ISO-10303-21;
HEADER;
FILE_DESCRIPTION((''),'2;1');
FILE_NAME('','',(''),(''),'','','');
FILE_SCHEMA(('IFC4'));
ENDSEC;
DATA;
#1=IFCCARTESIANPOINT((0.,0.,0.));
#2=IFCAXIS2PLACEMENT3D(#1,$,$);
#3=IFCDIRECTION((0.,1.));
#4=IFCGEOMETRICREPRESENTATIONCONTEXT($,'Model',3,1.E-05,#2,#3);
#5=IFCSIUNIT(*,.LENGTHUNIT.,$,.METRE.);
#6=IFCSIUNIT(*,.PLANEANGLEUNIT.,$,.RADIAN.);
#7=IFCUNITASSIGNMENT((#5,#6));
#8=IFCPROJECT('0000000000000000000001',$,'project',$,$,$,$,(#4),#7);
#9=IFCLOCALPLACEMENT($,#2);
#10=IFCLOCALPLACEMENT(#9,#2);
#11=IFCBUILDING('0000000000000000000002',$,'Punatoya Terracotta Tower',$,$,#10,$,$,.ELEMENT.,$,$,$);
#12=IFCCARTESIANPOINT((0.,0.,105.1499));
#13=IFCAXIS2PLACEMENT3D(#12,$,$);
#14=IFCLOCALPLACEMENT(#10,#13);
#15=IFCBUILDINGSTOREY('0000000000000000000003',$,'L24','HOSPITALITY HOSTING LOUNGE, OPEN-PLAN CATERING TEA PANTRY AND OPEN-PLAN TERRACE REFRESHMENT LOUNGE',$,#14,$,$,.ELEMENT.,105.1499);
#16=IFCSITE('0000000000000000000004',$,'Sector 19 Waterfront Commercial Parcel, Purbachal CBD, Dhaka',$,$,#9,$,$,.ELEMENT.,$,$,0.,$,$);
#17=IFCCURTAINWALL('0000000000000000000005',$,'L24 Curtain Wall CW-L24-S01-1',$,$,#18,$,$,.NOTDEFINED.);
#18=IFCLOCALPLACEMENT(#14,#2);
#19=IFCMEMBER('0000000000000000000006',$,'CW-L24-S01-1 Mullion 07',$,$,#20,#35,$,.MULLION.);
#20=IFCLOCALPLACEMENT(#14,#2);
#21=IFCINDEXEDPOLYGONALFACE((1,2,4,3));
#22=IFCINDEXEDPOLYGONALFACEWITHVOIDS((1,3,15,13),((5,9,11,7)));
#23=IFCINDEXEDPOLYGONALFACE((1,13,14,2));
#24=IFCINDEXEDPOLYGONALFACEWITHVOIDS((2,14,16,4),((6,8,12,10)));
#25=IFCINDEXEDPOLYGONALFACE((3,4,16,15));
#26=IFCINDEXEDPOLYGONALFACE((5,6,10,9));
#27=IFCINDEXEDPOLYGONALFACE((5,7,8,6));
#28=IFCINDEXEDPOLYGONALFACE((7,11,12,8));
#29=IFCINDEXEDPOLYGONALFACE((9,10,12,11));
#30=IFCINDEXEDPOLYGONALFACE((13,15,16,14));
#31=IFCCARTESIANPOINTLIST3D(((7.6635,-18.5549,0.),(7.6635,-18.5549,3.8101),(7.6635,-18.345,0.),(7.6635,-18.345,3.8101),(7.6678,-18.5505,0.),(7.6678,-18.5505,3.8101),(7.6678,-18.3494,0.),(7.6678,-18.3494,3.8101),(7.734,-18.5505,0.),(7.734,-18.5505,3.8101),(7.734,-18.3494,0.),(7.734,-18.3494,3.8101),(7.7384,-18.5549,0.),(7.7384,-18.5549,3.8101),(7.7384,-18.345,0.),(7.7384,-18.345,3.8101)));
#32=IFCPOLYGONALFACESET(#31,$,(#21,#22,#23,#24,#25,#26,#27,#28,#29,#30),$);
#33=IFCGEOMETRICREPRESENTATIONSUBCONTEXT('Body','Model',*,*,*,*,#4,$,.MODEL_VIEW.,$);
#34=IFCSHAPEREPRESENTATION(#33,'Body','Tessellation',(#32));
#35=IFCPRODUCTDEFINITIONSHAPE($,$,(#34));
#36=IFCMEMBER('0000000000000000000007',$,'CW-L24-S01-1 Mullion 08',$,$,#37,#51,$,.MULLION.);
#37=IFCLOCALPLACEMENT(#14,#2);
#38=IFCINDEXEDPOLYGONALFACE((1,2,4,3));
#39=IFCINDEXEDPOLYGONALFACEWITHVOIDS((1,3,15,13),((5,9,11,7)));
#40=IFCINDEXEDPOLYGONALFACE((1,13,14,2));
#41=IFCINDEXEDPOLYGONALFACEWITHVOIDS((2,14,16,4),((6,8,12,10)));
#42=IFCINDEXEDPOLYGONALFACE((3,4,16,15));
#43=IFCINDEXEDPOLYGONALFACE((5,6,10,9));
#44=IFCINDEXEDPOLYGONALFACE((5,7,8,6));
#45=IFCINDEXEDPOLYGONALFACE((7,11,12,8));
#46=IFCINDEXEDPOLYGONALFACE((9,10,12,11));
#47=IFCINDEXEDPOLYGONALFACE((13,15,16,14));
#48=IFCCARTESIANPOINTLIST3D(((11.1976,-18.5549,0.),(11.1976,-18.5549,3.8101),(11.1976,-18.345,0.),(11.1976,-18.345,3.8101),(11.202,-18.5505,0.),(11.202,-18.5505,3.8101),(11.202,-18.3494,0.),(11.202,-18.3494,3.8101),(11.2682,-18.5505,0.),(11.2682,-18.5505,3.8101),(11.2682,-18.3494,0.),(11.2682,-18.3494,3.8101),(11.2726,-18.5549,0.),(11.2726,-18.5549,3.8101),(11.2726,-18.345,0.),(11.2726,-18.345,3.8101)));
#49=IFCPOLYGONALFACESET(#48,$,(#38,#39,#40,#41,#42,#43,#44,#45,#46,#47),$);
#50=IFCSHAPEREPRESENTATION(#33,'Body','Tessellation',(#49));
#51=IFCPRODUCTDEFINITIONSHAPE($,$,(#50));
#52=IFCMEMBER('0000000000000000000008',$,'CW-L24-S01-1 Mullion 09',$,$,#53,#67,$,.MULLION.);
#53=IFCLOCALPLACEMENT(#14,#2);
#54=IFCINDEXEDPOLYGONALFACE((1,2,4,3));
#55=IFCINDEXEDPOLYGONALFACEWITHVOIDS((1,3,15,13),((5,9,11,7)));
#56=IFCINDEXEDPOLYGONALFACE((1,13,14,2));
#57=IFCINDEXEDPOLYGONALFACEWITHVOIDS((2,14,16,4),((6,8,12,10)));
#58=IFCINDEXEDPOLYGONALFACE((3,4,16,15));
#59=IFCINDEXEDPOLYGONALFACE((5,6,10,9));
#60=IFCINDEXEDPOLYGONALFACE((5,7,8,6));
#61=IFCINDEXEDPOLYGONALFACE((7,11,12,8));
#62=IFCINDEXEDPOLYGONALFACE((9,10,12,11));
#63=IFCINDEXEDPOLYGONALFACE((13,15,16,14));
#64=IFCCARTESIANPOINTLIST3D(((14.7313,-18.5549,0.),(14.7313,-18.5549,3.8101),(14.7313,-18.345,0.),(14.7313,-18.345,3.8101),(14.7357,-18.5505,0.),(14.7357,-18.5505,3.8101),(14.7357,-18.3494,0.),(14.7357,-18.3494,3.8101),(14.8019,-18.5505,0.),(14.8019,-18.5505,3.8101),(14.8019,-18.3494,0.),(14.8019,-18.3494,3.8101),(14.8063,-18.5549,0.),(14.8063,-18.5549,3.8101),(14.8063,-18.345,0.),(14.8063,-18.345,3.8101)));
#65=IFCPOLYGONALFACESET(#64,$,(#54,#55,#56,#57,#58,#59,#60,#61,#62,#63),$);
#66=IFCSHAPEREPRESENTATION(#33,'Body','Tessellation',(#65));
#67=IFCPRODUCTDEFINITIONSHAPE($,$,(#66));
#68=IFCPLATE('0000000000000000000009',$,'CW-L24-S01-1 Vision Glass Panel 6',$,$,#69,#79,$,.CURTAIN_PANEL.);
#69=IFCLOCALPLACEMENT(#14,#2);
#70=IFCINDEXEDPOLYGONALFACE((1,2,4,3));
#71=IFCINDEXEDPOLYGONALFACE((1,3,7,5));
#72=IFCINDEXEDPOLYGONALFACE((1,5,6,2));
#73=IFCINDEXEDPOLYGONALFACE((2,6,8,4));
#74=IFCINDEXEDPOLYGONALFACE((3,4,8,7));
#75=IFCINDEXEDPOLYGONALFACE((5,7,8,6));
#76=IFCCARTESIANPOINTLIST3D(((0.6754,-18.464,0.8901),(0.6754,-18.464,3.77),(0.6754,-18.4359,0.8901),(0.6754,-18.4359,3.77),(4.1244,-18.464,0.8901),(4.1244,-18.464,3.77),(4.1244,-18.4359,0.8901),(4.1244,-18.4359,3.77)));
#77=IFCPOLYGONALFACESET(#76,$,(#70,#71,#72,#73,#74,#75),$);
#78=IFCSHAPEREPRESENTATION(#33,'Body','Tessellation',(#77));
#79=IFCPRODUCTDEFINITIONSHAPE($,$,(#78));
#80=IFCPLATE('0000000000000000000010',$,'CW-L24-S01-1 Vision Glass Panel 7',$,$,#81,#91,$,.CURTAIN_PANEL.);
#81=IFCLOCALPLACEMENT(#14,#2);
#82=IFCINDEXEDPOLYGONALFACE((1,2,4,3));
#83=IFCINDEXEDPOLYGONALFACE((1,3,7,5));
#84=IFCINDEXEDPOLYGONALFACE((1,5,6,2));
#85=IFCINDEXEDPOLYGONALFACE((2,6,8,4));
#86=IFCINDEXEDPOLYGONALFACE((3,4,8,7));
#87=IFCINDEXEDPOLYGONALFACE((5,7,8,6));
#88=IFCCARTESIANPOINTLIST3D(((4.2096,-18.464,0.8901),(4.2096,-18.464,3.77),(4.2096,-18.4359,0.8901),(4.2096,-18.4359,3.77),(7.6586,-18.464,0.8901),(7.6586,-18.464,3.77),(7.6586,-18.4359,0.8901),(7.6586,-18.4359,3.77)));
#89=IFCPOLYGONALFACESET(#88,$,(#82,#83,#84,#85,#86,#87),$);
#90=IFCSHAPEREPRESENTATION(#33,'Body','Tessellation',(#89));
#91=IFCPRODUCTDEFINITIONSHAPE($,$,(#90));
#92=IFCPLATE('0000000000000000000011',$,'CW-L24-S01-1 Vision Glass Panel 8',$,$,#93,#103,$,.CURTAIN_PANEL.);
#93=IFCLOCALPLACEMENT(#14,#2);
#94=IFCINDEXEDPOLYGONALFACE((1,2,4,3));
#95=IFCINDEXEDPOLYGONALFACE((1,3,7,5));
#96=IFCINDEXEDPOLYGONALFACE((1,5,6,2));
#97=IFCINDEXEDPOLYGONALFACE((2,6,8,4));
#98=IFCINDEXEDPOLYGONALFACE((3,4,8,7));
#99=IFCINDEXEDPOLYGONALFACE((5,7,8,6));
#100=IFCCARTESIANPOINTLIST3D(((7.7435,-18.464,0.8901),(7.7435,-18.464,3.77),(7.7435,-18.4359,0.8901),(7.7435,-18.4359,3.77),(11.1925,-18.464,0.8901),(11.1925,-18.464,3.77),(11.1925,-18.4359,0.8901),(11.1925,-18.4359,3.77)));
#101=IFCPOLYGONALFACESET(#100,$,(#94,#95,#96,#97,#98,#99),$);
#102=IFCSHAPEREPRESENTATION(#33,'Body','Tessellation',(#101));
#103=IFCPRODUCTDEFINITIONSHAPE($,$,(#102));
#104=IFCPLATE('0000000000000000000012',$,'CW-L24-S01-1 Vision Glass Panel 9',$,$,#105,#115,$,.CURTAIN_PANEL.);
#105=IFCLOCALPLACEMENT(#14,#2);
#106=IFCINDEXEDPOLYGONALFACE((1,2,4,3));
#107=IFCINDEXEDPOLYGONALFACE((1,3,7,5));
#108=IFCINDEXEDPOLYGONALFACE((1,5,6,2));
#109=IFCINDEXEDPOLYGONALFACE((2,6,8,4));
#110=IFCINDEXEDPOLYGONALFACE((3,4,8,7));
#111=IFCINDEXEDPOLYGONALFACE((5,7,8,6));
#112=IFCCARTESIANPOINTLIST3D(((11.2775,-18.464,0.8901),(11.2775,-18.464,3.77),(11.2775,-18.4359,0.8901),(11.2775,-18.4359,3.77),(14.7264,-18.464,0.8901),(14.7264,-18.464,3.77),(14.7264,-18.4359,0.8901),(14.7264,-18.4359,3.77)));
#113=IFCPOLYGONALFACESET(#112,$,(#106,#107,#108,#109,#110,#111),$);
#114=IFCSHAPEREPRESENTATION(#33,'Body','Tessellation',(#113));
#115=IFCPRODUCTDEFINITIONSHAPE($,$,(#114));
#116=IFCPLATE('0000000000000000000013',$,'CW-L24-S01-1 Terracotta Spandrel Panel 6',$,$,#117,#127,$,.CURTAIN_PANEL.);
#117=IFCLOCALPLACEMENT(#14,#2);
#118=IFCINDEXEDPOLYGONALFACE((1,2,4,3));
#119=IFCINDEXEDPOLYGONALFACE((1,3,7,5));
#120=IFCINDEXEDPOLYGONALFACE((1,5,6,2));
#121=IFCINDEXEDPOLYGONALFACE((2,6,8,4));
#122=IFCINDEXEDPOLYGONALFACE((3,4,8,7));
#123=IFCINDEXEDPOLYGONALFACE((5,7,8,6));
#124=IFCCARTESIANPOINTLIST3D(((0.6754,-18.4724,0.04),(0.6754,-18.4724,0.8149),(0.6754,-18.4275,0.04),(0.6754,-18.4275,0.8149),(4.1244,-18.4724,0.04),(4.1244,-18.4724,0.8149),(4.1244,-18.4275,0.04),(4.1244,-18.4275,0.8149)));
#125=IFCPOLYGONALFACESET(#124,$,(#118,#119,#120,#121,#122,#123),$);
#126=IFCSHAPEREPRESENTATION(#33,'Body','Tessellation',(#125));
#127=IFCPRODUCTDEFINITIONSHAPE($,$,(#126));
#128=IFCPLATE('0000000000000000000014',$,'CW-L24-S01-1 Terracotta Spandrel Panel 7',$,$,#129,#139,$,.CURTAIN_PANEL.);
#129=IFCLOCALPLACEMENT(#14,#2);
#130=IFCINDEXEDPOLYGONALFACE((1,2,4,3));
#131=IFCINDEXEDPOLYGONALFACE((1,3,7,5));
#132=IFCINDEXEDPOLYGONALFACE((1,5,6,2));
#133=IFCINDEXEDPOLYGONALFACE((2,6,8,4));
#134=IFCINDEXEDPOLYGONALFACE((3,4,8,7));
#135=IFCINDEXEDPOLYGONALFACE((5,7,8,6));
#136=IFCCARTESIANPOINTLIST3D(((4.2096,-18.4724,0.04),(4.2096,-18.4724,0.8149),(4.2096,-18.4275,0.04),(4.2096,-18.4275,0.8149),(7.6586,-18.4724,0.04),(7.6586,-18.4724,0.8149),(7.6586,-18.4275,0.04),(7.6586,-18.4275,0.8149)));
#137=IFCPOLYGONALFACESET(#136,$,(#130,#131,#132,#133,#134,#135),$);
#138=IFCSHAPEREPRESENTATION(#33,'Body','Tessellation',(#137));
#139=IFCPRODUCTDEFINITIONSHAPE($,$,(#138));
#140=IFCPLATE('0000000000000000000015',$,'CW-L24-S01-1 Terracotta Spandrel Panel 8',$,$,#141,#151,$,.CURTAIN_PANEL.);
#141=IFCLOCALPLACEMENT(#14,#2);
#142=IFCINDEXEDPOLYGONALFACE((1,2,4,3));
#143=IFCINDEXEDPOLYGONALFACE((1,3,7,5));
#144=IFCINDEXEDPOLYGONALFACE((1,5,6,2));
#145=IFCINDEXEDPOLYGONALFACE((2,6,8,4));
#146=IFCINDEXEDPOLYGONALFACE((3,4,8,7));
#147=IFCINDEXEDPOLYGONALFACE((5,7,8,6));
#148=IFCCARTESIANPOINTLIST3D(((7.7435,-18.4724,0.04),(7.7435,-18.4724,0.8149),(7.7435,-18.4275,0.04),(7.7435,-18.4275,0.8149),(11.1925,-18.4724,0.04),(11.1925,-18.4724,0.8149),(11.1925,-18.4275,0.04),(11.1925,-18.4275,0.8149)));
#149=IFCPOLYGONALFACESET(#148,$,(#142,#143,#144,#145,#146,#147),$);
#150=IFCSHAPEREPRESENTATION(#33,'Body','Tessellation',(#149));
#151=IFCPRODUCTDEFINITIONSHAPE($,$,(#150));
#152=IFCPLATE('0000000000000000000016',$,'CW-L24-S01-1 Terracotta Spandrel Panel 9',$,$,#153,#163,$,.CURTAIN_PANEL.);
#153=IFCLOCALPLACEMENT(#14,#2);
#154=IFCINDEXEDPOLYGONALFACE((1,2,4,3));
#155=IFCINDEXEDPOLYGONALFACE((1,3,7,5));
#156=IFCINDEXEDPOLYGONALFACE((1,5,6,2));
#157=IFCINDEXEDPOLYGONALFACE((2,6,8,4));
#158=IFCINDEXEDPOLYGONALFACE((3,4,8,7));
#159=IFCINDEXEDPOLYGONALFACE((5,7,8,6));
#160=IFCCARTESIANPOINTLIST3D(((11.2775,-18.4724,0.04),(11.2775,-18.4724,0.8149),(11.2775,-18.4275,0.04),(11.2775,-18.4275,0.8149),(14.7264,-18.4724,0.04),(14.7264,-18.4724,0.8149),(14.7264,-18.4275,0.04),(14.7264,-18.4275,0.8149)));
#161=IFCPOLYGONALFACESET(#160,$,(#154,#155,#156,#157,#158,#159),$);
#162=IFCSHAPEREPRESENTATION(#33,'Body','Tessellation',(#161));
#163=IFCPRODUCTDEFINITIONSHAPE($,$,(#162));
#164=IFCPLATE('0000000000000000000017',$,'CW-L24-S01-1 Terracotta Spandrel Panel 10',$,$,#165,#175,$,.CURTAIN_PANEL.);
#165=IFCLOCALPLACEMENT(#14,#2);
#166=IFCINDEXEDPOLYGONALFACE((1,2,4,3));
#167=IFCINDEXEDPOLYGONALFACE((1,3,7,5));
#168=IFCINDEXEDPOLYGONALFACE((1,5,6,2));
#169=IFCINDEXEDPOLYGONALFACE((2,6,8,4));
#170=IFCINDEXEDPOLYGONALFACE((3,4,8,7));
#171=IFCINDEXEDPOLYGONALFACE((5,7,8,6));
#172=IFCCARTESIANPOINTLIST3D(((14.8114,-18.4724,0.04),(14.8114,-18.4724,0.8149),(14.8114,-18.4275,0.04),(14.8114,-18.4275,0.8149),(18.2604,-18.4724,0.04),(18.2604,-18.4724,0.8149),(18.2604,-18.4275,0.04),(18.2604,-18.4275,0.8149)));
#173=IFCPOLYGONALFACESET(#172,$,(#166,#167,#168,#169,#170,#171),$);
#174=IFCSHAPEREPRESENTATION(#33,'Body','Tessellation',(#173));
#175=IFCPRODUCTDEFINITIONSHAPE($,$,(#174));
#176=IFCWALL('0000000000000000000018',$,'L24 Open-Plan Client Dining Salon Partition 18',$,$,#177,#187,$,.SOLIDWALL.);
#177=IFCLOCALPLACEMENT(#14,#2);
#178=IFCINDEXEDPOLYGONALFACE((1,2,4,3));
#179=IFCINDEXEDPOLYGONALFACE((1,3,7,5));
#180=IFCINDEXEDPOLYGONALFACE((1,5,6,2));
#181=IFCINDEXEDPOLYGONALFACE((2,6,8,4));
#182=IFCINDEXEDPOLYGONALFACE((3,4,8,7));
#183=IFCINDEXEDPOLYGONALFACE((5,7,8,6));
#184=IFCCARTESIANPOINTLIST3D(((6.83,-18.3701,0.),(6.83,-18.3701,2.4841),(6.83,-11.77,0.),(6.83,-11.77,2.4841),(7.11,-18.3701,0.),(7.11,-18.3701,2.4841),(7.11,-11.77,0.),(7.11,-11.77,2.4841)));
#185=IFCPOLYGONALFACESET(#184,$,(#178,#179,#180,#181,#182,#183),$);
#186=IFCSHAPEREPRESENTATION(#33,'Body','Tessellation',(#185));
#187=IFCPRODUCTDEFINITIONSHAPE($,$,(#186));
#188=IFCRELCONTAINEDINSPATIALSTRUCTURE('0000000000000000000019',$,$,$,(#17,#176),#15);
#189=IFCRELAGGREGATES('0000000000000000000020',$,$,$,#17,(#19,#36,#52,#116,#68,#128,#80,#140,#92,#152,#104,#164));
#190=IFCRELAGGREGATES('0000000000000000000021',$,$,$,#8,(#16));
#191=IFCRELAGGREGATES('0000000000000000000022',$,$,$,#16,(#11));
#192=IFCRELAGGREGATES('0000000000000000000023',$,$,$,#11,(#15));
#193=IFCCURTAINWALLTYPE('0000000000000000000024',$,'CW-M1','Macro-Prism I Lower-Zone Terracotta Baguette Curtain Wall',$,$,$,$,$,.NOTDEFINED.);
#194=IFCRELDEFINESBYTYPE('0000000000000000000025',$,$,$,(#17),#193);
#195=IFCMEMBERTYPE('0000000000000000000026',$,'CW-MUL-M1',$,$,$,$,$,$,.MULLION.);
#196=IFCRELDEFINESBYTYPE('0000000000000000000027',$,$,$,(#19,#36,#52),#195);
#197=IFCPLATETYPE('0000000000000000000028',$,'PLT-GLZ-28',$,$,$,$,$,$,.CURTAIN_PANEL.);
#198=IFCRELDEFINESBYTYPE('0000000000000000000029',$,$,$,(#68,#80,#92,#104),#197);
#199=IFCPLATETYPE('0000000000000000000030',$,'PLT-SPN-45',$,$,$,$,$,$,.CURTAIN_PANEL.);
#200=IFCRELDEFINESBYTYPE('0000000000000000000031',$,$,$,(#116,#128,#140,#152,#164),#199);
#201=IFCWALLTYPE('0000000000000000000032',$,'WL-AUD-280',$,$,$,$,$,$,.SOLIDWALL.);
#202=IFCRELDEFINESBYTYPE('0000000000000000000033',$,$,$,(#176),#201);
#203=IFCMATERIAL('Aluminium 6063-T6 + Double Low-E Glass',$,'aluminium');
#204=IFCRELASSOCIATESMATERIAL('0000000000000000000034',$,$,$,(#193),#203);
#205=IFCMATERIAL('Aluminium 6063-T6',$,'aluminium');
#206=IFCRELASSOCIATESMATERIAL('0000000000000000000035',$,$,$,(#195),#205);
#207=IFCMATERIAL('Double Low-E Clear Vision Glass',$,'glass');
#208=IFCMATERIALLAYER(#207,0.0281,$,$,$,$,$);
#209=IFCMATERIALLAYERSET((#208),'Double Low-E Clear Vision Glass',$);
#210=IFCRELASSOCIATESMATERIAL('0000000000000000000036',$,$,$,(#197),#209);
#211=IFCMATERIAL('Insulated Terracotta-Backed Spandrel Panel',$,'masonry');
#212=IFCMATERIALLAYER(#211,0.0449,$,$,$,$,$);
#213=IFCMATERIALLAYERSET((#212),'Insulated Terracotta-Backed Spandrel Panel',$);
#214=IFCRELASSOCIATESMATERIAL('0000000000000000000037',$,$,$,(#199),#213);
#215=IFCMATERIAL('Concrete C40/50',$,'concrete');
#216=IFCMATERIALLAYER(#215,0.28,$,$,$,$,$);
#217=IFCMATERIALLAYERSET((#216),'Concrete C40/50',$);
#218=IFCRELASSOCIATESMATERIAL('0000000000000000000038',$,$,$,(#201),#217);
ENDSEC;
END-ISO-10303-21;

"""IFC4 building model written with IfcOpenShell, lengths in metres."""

from ifc_helpers import new_model, si_unit, direction, frame, frame_2d, origin, origin_2d, place, context, subcontext, project, spatial, rectangle, hollow_rectangle, extrude, material, layer, layer_set, material_profile, profile_set, type_object, element, aggregate, save


model = new_model("IFC4")

# Units and contexts
model_context = context("Model", 3, precision=1e-05, world=origin(), true_north=direction((0.0, 1.0)))
body_context = subcontext(model_context, "Body", "Model", "MODEL_VIEW")
ifc_project = project(units=[si_unit("LENGTHUNIT", "METRE"), si_unit("PLANEANGLEUNIT", "RADIAN")], contexts=[model_context])

# Site, building, storey
site_placement = place(None, origin())
site = spatial("IfcSite", under=ifc_project, at=site_placement, Name="Sector 19 Waterfront Commercial Parcel, Purbachal CBD, Dhaka", CompositionType="ELEMENT", RefElevation=0.0)
building_placement = place(site_placement, origin())
building = spatial("IfcBuilding", under=site, at=building_placement, Name="Punatoya Terracotta Tower", CompositionType="ELEMENT")
storey_placement = place(building_placement, frame((0.0, 0.0, 105.1499)))
storey = spatial("IfcBuildingStorey", under=building, at=storey_placement, Name="L24", Description="HOSPITALITY HOSTING LOUNGE, OPEN-PLAN CATERING TEA PANTRY AND OPEN-PLAN TERRACE REFRESHMENT LOUNGE", CompositionType="ELEMENT", Elevation=105.1499)

# Curtain wall, members, plates
ifc_material_1 = material(Name="Aluminium 6063-T6 + Double Low-E Glass", Category="aluminium")
curtain_wall_type = type_object("IfcCurtainWallType", Name="CW-M1", Description="Macro-Prism I Lower-Zone Terracotta Baguette Curtain Wall", PredefinedType="NOTDEFINED", material=ifc_material_1)
curtain_wall_placement = place(storey_placement, origin())
curtain_wall = element("IfcCurtainWall", 1, at=curtain_wall_placement, inside=storey, type_object=curtain_wall_type, Name="L24 Curtain Wall CW-L24-S01-1", PredefinedType="NOTDEFINED")
ifc_material_2 = material(Name="Aluminium 6063-T6", Category="aluminium")
ifc_material_profile_1 = material_profile(ifc_material_2, hollow_rectangle(XDim=0.075, YDim=0.21, WallThickness=0.0044, at=origin_2d()))
ifc_profile_set_1 = profile_set([ifc_material_profile_1], Name="Aluminium 6063-T6")
member_type = type_object("IfcMemberType", Name="CW-MUL-M1", PredefinedType="MULLION", material=ifc_profile_set_1)
member_1_placement = place(storey_placement, frame((7.7009, -18.45, 0.0), z_axis=(0.0, 0.0, 1.0), x_axis=(1.0, 0.0, 0.0)))
member_1 = element("IfcMember", 2, at=member_1_placement, type_object=member_type, Name="CW-L24-S01-1 Mullion 07", PredefinedType="MULLION", context=body_context, shape_type="SweptSolid", body=[
    extrude(hollow_rectangle(XDim=0.075, YDim=0.21, WallThickness=0.0044, at=origin_2d()), origin(), (0.0, 0.0, 1.0), 3.8101),
])
member_2_placement = place(storey_placement, frame((11.2351, -18.45, 0.0), z_axis=(0.0, 0.0, 1.0), x_axis=(1.0, 0.0, 0.0)))
member_2 = element("IfcMember", 3, at=member_2_placement, type_object=member_type, Name="CW-L24-S01-1 Mullion 08", PredefinedType="MULLION", context=body_context, shape_type="SweptSolid", body=[
    extrude(hollow_rectangle(XDim=0.075, YDim=0.21, WallThickness=0.0044, at=origin_2d()), origin(), (0.0, 0.0, 1.0), 3.8101),
])
member_3_placement = place(storey_placement, frame((14.7688, -18.45, 0.0), z_axis=(0.0, 0.0, 1.0), x_axis=(1.0, 0.0, 0.0)))
member_3 = element("IfcMember", 4, at=member_3_placement, type_object=member_type, Name="CW-L24-S01-1 Mullion 09", PredefinedType="MULLION", context=body_context, shape_type="SweptSolid", body=[
    extrude(hollow_rectangle(XDim=0.075, YDim=0.21, WallThickness=0.0044, at=origin_2d()), origin(), (0.0, 0.0, 1.0), 3.8101),
])
ifc_material_3 = material(Name="Double Low-E Clear Vision Glass", Category="glass")
ifc_layer_1 = layer(ifc_material_3, 0.0281)
ifc_layer_set_1 = layer_set([ifc_layer_1], Name="Double Low-E Clear Vision Glass")
plate_type_1 = type_object("IfcPlateType", Name="PLT-GLZ-28", PredefinedType="CURTAIN_PANEL", material=ifc_layer_set_1)
plate_1_placement = place(storey_placement, frame((2.3999, -18.45, 0.8901), z_axis=(0.0, 0.0, 1.0), x_axis=(1.0, 0.0, 0.0)))
plate_1 = element("IfcPlate", 5, at=plate_1_placement, type_object=plate_type_1, Name="CW-L24-S01-1 Vision Glass Panel 6", PredefinedType="CURTAIN_PANEL", context=body_context, shape_type="SweptSolid", body=[
    extrude(rectangle(XDim=3.449, YDim=0.0281, at=origin_2d()), origin(), (0.0, 0.0, 1.0), 2.8799),
])
plate_2_placement = place(storey_placement, frame((5.9341, -18.45, 0.8901), z_axis=(0.0, 0.0, 1.0), x_axis=(1.0, 0.0, 0.0)))
plate_2 = element("IfcPlate", 6, at=plate_2_placement, type_object=plate_type_1, Name="CW-L24-S01-1 Vision Glass Panel 7", PredefinedType="CURTAIN_PANEL", context=body_context, shape_type="SweptSolid", body=[
    extrude(rectangle(XDim=3.449, YDim=0.0281, at=origin_2d()), origin(), (0.0, 0.0, 1.0), 2.8799),
])
plate_3_placement = place(storey_placement, frame((9.468, -18.45, 0.8901), z_axis=(0.0, 0.0, 1.0), x_axis=(1.0, 0.0, 0.0)))
plate_3 = element("IfcPlate", 7, at=plate_3_placement, type_object=plate_type_1, Name="CW-L24-S01-1 Vision Glass Panel 8", PredefinedType="CURTAIN_PANEL", context=body_context, shape_type="SweptSolid", body=[
    extrude(rectangle(XDim=3.449, YDim=0.0281, at=origin_2d()), origin(), (0.0, 0.0, 1.0), 2.8799),
])
plate_4_placement = place(storey_placement, frame((13.002, -18.45, 0.8901), z_axis=(0.0, 0.0, 1.0), x_axis=(1.0, 0.0, 0.0)))
plate_4 = element("IfcPlate", 8, at=plate_4_placement, type_object=plate_type_1, Name="CW-L24-S01-1 Vision Glass Panel 9", PredefinedType="CURTAIN_PANEL", context=body_context, shape_type="SweptSolid", body=[
    extrude(rectangle(XDim=3.449, YDim=0.0281, at=origin_2d()), origin(), (0.0, 0.0, 1.0), 2.8799),
])
ifc_material_4 = material(Name="Insulated Terracotta-Backed Spandrel Panel", Category="masonry")
ifc_layer_2 = layer(ifc_material_4, 0.0449)
ifc_layer_set_2 = layer_set([ifc_layer_2], Name="Insulated Terracotta-Backed Spandrel Panel")
plate_type_2 = type_object("IfcPlateType", Name="PLT-SPN-45", PredefinedType="CURTAIN_PANEL", material=ifc_layer_set_2)
plate_5_placement = place(storey_placement, frame((2.3999, -18.45, 0.04), z_axis=(0.0, 0.0, 1.0), x_axis=(1.0, 0.0, 0.0)))
plate_5 = element("IfcPlate", 9, at=plate_5_placement, type_object=plate_type_2, Name="CW-L24-S01-1 Terracotta Spandrel Panel 6", PredefinedType="CURTAIN_PANEL", context=body_context, shape_type="SweptSolid", body=[
    extrude(rectangle(XDim=3.449, YDim=0.0449, at=origin_2d()), origin(), (0.0, 0.0, 1.0), 0.7749),
])
plate_6_placement = place(storey_placement, frame((5.9341, -18.45, 0.04), z_axis=(0.0, 0.0, 1.0), x_axis=(1.0, 0.0, 0.0)))
plate_6 = element("IfcPlate", 10, at=plate_6_placement, type_object=plate_type_2, Name="CW-L24-S01-1 Terracotta Spandrel Panel 7", PredefinedType="CURTAIN_PANEL", context=body_context, shape_type="SweptSolid", body=[
    extrude(rectangle(XDim=3.449, YDim=0.0449, at=origin_2d()), origin(), (0.0, 0.0, 1.0), 0.7749),
])
plate_7_placement = place(storey_placement, frame((9.468, -18.45, 0.04), z_axis=(0.0, 0.0, 1.0), x_axis=(1.0, 0.0, 0.0)))
plate_7 = element("IfcPlate", 11, at=plate_7_placement, type_object=plate_type_2, Name="CW-L24-S01-1 Terracotta Spandrel Panel 8", PredefinedType="CURTAIN_PANEL", context=body_context, shape_type="SweptSolid", body=[
    extrude(rectangle(XDim=3.449, YDim=0.0449, at=origin_2d()), origin(), (0.0, 0.0, 1.0), 0.7749),
])
plate_8_placement = place(storey_placement, frame((13.002, -18.45, 0.04), z_axis=(0.0, 0.0, 1.0), x_axis=(1.0, 0.0, 0.0)))
plate_8 = element("IfcPlate", 12, at=plate_8_placement, type_object=plate_type_2, Name="CW-L24-S01-1 Terracotta Spandrel Panel 9", PredefinedType="CURTAIN_PANEL", context=body_context, shape_type="SweptSolid", body=[
    extrude(rectangle(XDim=3.449, YDim=0.0449, at=origin_2d()), origin(), (0.0, 0.0, 1.0), 0.7749),
])
plate_9_placement = place(storey_placement, frame((16.5359, -18.45, 0.04), z_axis=(0.0, 0.0, 1.0), x_axis=(1.0, 0.0, 0.0)))
plate_9 = element("IfcPlate", 13, at=plate_9_placement, type_object=plate_type_2, Name="CW-L24-S01-1 Terracotta Spandrel Panel 10", PredefinedType="CURTAIN_PANEL", context=body_context, shape_type="SweptSolid", body=[
    extrude(rectangle(XDim=3.449, YDim=0.0449, at=origin_2d()), origin(), (0.0, 0.0, 1.0), 0.7749),
])
aggregate(curtain_wall, [member_1, member_2, member_3, plate_5, plate_1, plate_6, plate_2, plate_7, plate_3, plate_8, plate_4, plate_9])

# Wall
ifc_material_5 = material(Name="Concrete C40/50", Category="concrete")
ifc_layer_3 = layer(ifc_material_5, 0.28)
ifc_layer_set_3 = layer_set([ifc_layer_3], Name="Concrete C40/50")
wall_type_1 = type_object("IfcWallType", Name="WL-AUD-280", PredefinedType="SOLIDWALL", material=ifc_layer_set_3)
wall_1_placement = place(storey_placement, frame((6.97, -11.77, 0.0), z_axis=(0.0, 0.0, 1.0), x_axis=(0.0, -1.0, 0.0)))
element("IfcWall", 14, at=wall_1_placement, inside=storey, type_object=wall_type_1, Name="L24 Open-Plan Client Dining Salon Partition 18", PredefinedType="SOLIDWALL", context=body_context, shape_type="SweptSolid", body=[
    extrude(rectangle(XDim=6.6001, YDim=0.28, at=frame_2d((3.3, 0.0))), origin(), (0.0, 0.0, 1.0), 2.4841),
])

save(model, "model.ifc")
